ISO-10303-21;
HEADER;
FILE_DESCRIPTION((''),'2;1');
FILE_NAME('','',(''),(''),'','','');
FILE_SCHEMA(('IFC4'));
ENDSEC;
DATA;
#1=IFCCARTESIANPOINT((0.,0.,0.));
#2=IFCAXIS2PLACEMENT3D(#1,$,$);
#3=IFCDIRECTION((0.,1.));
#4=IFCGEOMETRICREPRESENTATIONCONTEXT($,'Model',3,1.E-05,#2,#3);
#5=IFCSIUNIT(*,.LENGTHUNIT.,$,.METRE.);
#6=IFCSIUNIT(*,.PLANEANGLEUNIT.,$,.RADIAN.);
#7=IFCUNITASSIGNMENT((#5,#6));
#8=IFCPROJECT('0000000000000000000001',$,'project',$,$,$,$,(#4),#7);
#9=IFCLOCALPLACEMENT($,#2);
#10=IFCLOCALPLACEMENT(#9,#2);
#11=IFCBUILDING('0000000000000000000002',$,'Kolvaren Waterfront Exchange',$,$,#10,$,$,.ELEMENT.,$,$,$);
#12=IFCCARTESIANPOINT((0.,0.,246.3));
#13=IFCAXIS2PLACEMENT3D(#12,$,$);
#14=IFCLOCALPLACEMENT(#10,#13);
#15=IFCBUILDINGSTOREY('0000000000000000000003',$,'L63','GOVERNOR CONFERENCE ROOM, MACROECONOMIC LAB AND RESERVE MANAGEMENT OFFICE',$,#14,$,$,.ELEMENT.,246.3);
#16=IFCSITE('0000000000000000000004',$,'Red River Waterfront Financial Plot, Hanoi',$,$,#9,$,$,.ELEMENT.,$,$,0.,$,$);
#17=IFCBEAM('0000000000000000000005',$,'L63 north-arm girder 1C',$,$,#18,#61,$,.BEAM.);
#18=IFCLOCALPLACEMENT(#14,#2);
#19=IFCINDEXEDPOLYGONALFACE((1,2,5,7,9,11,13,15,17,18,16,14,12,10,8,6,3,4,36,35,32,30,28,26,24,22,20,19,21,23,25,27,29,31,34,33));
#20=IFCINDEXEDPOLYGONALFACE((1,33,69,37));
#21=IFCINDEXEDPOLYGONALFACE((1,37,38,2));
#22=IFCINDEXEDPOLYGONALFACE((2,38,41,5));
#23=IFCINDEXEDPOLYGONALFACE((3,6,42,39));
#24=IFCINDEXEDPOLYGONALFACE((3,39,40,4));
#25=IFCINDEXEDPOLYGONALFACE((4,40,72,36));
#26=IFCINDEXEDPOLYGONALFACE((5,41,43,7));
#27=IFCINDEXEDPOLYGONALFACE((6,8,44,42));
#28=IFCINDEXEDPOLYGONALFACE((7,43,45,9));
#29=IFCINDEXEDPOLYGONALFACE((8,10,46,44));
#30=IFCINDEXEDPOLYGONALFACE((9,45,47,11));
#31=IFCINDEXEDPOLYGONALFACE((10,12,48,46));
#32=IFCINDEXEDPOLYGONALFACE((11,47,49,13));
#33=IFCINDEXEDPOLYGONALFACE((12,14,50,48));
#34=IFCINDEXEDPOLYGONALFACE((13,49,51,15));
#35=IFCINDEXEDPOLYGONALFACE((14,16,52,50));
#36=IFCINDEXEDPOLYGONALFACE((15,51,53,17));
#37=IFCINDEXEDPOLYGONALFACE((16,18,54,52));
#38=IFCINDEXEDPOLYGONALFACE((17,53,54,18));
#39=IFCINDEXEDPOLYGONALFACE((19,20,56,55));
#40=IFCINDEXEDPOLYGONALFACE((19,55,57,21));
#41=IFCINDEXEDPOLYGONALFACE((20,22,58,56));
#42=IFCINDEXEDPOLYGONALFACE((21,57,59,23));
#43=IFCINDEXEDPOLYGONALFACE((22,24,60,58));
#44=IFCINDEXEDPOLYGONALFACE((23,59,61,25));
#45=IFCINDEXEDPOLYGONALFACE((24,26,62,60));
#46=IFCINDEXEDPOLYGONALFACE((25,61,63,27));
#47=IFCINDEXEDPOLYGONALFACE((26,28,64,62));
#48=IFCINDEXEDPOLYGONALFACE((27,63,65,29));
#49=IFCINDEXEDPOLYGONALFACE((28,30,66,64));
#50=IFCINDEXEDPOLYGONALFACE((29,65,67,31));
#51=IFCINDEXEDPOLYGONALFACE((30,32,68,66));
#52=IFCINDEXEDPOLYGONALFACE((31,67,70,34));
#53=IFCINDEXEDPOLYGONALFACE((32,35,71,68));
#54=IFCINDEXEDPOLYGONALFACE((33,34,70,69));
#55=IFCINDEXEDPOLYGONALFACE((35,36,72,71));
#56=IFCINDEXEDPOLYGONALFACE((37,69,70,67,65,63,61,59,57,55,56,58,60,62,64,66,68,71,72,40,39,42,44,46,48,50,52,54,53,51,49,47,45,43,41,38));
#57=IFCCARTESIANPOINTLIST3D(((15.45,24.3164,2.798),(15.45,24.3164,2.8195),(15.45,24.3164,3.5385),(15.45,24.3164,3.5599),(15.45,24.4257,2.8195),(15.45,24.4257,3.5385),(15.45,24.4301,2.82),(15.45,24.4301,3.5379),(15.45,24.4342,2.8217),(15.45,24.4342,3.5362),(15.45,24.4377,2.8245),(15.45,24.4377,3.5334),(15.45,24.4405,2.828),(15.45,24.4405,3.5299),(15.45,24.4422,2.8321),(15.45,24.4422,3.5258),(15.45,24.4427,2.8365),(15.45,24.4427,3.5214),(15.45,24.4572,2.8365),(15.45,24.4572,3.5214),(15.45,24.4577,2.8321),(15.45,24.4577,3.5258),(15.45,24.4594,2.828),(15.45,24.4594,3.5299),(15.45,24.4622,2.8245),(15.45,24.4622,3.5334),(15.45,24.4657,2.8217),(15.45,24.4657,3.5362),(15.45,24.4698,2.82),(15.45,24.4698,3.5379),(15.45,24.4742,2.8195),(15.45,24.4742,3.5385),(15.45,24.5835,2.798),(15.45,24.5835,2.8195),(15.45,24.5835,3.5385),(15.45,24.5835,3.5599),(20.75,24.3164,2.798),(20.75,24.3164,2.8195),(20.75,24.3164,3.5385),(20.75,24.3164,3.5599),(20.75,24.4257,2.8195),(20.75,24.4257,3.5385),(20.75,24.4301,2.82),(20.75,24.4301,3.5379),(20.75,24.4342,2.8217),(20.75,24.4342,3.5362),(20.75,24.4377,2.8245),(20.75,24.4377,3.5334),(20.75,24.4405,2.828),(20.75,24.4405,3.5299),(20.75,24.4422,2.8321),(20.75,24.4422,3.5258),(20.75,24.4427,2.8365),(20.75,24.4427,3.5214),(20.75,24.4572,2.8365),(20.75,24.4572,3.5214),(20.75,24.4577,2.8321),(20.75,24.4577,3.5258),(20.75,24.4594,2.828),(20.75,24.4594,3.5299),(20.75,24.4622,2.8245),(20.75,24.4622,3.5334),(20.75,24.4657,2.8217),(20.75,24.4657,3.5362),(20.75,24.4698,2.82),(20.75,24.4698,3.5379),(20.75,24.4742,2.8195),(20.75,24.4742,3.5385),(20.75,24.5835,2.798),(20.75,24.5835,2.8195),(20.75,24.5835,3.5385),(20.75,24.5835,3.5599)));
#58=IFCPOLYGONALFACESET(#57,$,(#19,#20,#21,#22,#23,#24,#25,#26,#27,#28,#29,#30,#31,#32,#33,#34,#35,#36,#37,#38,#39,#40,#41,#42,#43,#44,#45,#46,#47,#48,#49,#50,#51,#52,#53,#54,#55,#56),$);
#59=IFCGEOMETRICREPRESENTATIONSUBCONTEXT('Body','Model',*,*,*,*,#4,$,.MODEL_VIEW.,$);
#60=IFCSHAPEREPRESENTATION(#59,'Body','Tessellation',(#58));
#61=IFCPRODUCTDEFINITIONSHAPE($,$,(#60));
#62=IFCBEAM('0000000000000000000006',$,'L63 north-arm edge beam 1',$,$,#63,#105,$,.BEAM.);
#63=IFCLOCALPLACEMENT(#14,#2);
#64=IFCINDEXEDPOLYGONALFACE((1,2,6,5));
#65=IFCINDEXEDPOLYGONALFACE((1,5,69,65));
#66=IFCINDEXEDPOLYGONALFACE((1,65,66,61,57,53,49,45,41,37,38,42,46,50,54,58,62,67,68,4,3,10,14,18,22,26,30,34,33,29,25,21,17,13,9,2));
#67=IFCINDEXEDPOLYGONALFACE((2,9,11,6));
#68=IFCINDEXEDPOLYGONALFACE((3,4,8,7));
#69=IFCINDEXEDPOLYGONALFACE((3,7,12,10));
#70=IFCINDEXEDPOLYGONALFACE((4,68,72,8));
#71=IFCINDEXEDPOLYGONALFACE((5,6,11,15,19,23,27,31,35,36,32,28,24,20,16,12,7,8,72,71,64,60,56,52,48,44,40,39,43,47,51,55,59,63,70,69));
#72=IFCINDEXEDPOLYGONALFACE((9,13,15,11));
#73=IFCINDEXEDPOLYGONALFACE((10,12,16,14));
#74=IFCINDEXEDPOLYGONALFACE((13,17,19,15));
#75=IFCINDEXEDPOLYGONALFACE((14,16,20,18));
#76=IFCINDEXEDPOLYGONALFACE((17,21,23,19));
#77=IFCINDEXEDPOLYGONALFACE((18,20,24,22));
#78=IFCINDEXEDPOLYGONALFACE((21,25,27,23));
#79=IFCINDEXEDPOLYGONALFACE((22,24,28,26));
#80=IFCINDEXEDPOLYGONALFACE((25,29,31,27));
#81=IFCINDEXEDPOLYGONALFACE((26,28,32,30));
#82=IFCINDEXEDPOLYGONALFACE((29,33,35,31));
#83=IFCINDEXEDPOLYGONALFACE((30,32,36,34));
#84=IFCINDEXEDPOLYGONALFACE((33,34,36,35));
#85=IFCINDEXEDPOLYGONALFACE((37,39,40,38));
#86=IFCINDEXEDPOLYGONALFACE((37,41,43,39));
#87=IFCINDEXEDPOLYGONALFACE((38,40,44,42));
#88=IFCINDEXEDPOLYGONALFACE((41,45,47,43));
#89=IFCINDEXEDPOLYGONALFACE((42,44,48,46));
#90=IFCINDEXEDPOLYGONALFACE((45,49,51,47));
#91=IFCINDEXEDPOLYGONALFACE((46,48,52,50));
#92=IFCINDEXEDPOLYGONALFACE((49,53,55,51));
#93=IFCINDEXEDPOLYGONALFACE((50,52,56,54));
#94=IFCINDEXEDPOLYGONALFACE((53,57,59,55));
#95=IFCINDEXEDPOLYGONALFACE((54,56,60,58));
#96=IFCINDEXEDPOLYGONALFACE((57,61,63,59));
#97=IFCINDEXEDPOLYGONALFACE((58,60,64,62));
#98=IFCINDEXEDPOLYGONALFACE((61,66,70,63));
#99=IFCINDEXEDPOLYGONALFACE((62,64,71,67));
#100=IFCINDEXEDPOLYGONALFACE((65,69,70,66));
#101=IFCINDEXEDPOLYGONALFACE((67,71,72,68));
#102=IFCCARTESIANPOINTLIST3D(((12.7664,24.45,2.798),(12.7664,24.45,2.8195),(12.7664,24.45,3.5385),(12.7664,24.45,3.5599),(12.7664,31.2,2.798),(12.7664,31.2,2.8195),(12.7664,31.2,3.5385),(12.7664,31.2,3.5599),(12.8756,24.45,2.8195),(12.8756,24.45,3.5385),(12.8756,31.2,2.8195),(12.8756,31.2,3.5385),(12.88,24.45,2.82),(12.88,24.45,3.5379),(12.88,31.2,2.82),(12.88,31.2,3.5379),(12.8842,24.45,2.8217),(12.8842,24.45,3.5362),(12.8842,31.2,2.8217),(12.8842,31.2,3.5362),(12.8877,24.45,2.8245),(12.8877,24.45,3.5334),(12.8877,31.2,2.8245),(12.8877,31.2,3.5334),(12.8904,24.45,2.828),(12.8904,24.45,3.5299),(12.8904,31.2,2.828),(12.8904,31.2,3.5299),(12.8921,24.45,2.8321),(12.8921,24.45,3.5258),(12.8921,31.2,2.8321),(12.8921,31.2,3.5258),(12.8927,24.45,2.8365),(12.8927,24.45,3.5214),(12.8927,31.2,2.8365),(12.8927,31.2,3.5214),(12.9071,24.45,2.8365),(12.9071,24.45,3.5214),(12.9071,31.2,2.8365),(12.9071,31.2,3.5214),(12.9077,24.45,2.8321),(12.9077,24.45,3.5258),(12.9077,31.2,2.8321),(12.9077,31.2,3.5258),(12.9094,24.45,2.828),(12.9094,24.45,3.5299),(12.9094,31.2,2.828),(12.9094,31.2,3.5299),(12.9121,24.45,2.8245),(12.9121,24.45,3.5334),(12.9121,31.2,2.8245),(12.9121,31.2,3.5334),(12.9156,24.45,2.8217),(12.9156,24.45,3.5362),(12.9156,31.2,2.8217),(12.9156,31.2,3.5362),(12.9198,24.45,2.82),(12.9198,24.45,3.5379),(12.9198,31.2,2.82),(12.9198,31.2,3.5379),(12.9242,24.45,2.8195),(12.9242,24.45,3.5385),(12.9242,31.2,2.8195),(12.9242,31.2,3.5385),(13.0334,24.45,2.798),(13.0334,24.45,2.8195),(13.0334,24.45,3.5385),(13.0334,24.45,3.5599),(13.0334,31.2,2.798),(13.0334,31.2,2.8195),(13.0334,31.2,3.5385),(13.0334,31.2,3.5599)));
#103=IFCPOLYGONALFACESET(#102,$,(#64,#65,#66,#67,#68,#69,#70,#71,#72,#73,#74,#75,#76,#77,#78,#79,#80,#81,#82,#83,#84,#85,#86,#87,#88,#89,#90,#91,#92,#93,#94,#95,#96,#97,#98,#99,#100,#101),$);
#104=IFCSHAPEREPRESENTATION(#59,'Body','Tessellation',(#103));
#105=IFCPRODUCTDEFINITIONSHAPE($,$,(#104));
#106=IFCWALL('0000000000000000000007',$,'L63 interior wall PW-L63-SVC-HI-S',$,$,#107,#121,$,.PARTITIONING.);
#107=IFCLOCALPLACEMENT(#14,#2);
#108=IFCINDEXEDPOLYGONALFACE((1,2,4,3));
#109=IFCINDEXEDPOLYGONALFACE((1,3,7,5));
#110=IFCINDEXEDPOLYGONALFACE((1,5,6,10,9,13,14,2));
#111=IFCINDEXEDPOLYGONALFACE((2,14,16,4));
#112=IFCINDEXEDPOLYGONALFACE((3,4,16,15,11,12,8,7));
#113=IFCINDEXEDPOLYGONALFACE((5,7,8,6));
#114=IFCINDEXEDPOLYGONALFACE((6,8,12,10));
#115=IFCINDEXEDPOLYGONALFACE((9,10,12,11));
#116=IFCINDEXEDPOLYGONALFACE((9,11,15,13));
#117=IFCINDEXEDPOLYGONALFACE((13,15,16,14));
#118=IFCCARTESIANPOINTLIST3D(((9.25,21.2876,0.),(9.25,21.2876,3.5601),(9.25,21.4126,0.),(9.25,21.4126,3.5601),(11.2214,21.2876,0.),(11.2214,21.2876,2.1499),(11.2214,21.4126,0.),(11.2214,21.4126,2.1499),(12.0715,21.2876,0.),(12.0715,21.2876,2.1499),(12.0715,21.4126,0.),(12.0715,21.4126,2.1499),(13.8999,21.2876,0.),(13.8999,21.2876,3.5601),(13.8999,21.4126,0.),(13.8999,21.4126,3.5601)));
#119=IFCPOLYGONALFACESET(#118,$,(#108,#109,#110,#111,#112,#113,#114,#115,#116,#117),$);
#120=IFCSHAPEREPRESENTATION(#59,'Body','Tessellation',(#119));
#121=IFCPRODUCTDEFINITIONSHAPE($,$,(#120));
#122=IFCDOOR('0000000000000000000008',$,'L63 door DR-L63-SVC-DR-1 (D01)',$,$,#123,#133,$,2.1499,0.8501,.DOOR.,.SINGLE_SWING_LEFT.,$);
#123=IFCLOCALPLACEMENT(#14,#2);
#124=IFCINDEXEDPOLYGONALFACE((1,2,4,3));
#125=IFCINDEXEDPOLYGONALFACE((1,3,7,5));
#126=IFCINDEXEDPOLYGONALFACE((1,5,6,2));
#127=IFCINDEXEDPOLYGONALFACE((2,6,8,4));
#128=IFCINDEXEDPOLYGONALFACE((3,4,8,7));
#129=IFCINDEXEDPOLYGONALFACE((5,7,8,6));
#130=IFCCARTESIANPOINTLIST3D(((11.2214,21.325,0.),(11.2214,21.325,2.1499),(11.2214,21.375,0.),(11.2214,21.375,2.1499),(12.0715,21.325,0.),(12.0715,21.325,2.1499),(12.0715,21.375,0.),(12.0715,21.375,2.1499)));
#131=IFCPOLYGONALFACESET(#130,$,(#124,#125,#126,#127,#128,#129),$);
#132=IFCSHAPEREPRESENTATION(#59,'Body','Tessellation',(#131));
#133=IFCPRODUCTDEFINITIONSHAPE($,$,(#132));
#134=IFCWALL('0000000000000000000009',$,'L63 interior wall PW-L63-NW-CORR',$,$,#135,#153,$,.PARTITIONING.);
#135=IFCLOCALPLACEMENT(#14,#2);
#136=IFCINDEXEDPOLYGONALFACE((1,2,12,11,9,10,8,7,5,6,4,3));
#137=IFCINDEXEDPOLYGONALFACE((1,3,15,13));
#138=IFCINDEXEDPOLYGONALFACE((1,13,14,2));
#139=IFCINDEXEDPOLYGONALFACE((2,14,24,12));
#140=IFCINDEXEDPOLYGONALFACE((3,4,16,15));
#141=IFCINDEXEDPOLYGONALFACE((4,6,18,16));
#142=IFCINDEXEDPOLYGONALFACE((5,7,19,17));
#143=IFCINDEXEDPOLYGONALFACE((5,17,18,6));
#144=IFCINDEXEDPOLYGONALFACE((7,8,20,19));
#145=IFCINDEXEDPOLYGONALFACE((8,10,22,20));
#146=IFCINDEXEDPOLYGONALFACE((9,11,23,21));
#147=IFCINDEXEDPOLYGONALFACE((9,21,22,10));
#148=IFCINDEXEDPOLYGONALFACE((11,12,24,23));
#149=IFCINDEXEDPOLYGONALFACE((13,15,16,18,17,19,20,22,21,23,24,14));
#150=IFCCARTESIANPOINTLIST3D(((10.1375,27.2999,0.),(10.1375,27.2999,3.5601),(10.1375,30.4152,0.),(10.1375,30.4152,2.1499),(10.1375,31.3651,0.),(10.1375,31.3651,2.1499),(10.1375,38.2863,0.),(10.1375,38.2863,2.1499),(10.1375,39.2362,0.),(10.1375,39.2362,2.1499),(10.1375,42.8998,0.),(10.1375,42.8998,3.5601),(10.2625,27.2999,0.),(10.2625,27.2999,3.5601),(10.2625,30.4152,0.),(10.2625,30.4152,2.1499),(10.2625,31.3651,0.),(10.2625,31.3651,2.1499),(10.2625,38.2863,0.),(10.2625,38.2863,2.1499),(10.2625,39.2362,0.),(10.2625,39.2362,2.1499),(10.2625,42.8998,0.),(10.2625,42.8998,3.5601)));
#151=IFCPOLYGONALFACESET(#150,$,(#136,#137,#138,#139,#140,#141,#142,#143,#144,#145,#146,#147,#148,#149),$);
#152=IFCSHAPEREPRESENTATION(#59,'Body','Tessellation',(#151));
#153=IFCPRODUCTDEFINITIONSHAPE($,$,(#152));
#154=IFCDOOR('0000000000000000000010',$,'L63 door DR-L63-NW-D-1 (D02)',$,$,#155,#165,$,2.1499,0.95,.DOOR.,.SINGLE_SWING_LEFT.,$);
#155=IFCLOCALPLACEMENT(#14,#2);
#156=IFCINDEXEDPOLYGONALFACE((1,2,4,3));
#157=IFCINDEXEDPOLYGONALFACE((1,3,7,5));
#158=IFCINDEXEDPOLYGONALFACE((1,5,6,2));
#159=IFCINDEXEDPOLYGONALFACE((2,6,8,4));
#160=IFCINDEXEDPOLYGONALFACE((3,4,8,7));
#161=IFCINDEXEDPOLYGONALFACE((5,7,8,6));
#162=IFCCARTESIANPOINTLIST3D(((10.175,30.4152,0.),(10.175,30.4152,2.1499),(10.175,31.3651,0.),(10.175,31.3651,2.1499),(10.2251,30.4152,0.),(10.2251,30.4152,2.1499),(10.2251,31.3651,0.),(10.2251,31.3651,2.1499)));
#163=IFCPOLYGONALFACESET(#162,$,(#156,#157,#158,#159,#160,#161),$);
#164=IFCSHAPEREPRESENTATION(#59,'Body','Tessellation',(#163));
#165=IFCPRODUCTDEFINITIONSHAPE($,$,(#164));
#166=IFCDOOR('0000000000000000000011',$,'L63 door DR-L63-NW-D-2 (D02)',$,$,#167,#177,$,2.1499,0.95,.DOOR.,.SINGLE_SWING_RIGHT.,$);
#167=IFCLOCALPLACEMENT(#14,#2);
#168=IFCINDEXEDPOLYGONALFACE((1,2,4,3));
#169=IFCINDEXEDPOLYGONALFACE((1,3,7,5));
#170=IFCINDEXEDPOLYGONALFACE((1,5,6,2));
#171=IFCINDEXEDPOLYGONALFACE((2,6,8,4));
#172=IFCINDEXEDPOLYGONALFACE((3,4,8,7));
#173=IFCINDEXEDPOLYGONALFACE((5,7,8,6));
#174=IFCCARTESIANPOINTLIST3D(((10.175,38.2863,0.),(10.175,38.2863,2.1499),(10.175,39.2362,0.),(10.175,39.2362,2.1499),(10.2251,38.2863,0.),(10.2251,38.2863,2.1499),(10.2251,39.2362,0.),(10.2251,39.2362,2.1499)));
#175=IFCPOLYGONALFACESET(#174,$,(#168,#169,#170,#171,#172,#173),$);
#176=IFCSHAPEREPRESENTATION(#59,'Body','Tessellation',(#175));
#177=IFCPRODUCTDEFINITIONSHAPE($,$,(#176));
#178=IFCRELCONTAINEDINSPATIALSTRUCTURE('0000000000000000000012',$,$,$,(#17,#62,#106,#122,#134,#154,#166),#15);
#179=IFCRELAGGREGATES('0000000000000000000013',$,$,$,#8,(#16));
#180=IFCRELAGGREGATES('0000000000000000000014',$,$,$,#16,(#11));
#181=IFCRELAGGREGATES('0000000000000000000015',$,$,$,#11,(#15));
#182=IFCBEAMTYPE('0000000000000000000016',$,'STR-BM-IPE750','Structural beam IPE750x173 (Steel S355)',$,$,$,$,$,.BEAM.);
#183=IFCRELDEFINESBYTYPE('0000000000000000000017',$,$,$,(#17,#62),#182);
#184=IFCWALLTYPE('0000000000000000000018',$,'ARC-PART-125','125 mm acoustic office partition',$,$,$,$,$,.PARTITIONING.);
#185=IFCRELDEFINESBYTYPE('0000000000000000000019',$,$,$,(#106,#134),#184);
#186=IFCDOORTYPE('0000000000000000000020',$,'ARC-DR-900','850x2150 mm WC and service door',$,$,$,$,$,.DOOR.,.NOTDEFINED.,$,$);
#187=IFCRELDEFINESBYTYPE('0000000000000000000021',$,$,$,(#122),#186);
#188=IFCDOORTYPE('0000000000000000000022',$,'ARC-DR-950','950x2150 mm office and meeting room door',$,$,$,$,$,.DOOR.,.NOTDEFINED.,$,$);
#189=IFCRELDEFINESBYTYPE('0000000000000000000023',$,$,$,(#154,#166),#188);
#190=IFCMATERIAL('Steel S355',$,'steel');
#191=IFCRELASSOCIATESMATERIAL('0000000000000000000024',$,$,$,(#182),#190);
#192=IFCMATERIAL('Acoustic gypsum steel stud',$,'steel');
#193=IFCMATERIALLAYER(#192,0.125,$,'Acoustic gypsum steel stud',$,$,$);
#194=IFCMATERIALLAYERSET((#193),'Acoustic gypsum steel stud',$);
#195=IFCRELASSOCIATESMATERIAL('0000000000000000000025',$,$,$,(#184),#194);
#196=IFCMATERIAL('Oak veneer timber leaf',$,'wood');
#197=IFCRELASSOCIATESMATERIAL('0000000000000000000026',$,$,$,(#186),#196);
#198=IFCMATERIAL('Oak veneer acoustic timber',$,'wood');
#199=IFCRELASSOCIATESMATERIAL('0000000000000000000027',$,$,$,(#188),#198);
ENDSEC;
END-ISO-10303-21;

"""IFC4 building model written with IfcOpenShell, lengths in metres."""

from ifc_helpers import new_model, si_unit, direction, frame, frame_2d, origin, origin_2d, place, context, subcontext, project, spatial, rectangle, i_section, extrude, material, layer, layer_set, material_profile, profile_set, type_object, element, fill, save


model = new_model("IFC4")

# Units and contexts
model_context = context("Model", 3, precision=1e-05, world=origin(), true_north=direction((0.0, 1.0)))
body_context = subcontext(model_context, "Body", "Model", "MODEL_VIEW")
ifc_project = project(units=[si_unit("LENGTHUNIT", "METRE"), si_unit("PLANEANGLEUNIT", "RADIAN")], contexts=[model_context])

# Site, building, storey
site_placement = place(None, origin())
site = spatial("IfcSite", under=ifc_project, at=site_placement, Name="Red River Waterfront Financial Plot, Hanoi", CompositionType="ELEMENT", RefElevation=0.0)
building_placement = place(site_placement, origin())
building = spatial("IfcBuilding", under=site, at=building_placement, Name="Kolvaren Waterfront Exchange", CompositionType="ELEMENT")
storey_placement = place(building_placement, frame((0.0, 0.0, 246.3)))
storey = spatial("IfcBuildingStorey", under=building, at=storey_placement, Name="L63", Description="GOVERNOR CONFERENCE ROOM, MACROECONOMIC LAB AND RESERVE MANAGEMENT OFFICE", CompositionType="ELEMENT", Elevation=246.3)

# Beams
ifc_material_1 = material(Name="Steel S355", Category="steel")
ifc_material_profile_1 = material_profile(ifc_material_1, i_section(OverallWidth=0.2671, OverallDepth=0.762, WebThickness=0.0144, FlangeThickness=0.0215, FilletRadius=0.0171, at=origin_2d()), Name="IPE750x173")
ifc_profile_set_1 = profile_set([ifc_material_profile_1], Name="Steel S355")
beam_type_1 = type_object("IfcBeamType", Name="STR-BM-IPE750", Description="Structural beam IPE750x173 (Steel S355)", PredefinedType="BEAM", material=ifc_profile_set_1)
beam_1_placement = place(storey_placement, frame((15.45, 24.45, 3.179), z_axis=(1.0, 0.0, 0.0), x_axis=(0.0, 1.0, 0.0)))
element("IfcBeam", 1, at=beam_1_placement, inside=storey, type_object=beam_type_1, Name="L63 north-arm girder 1C", PredefinedType="BEAM", context=body_context, shape_type="SweptSolid", body=[
    extrude(i_section(OverallWidth=0.2671, OverallDepth=0.762, WebThickness=0.0144, FlangeThickness=0.0215, FilletRadius=0.0171, at=origin_2d()), origin(), (0.0, 0.0, 1.0), 5.3),
])
beam_2_placement = place(storey_placement, frame((12.8999, 24.45, 3.179), z_axis=(0.0, 1.0, 0.0), x_axis=(-1.0, 0.0, 0.0)))
element("IfcBeam", 2, at=beam_2_placement, inside=storey, type_object=beam_type_1, Name="L63 north-arm edge beam 1", PredefinedType="BEAM", context=body_context, shape_type="SweptSolid", body=[
    extrude(i_section(OverallWidth=0.2671, OverallDepth=0.762, WebThickness=0.0144, FlangeThickness=0.0215, FilletRadius=0.0171, at=origin_2d()), origin(), (0.0, 0.0, 1.0), 6.75),
])

# Wall, opening, door
ifc_material_2 = material(Name="Acoustic gypsum steel stud", Category="steel")
ifc_layer_1 = layer(ifc_material_2, 0.125, Name="Acoustic gypsum steel stud")
ifc_layer_set_1 = layer_set([ifc_layer_1], Name="Acoustic gypsum steel stud")
wall_type_1 = type_object("IfcWallType", Name="ARC-PART-125", Description="125 mm acoustic office partition", PredefinedType="PARTITIONING", material=ifc_layer_set_1)
wall_1_placement = place(storey_placement, frame((9.25, 21.3501, 0.0), z_axis=(0.0, 0.0, 1.0), x_axis=(1.0, 0.0, 0.0)))
wall_1 = element("IfcWall", 3, at=wall_1_placement, inside=storey, type_object=wall_type_1, Name="L63 interior wall PW-L63-SVC-HI-S", PredefinedType="PARTITIONING", context=body_context, shape_type="SweptSolid", body=[
    extrude(rectangle(XDim=4.6499, YDim=0.125, at=frame_2d((2.325, 0.0))), origin(), (0.0, 0.0, 1.0), 3.5601),
])
opening_1_placement = place(wall_1_placement, frame((1.9714, 0.0, 0.0)))
opening_1 = element("IfcOpeningElement", 4, at=opening_1_placement, cuts=wall_1, PredefinedType="OPENING", context=body_context, shape_type="SweptSolid", body=[
    extrude(rectangle(XDim=0.8501, YDim=2.1499, at=frame_2d((0.425, 1.075))), frame((0.0, 0.0725, 0.0), z_axis=(0.0, -1.0, 0.0), x_axis=(1.0, 0.0, 0.0)), (0.0, 0.0, 1.0), 0.145),
])
ifc_material_3 = material(Name="Oak veneer timber leaf", Category="wood")
door_type_1 = type_object("IfcDoorType", Name="ARC-DR-900", Description="850x2150 mm WC and service door", OperationType="NOTDEFINED", PredefinedType="DOOR", material=ifc_material_3)
door_1_placement = place(opening_1_placement, origin())
door_1 = element("IfcDoor", 5, at=door_1_placement, inside=storey, type_object=door_type_1, Name="L63 door DR-L63-SVC-DR-1 (D01)", OperationType="SINGLE_SWING_LEFT", OverallHeight=2.1499, OverallWidth=0.8501, PredefinedType="DOOR", context=body_context, shape_type="SweptSolid", body=[
    extrude(rectangle(XDim=0.8501, YDim=2.1499, at=frame_2d((0.425, 1.075))), frame((0.0, 0.0249, 0.0), z_axis=(0.0, -1.0, 0.0), x_axis=(1.0, 0.0, 0.0)), (0.0, 0.0, 1.0), 0.05),
])
fill(opening_1, door_1)

# Wall, openings, doors
wall_2_placement = place(storey_placement, frame((10.2, 27.3, 0.0), z_axis=(0.0, 0.0, 1.0), x_axis=(0.0, 1.0, 0.0)))
wall_2 = element("IfcWall", 6, at=wall_2_placement, inside=storey, type_object=wall_type_1, Name="L63 interior wall PW-L63-NW-CORR", PredefinedType="PARTITIONING", context=body_context, shape_type="SweptSolid", body=[
    extrude(rectangle(XDim=15.5999, YDim=0.125, at=frame_2d((7.7998, 0.0))), origin(), (0.0, 0.0, 1.0), 3.5601),
])
opening_2_placement = place(wall_2_placement, frame((3.115, 0.0, 0.0)))
opening_2 = element("IfcOpeningElement", 7, at=opening_2_placement, cuts=wall_2, PredefinedType="OPENING", context=body_context, shape_type="SweptSolid", body=[
    extrude(rectangle(XDim=0.95, YDim=2.1499, at=frame_2d((0.4751, 1.075))), frame((0.0, 0.0725, 0.0), z_axis=(0.0, -1.0, 0.0), x_axis=(1.0, 0.0, 0.0)), (0.0, 0.0, 1.0), 0.145),
])
opening_3_placement = place(wall_2_placement, frame((10.9861, 0.0, 0.0)))
opening_3 = element("IfcOpeningElement", 8, at=opening_3_placement, cuts=wall_2, PredefinedType="OPENING", context=body_context, shape_type="SweptSolid", body=[
    extrude(rectangle(XDim=0.95, YDim=2.1499, at=frame_2d((0.4751, 1.075))), frame((0.0, 0.0725, 0.0), z_axis=(0.0, -1.0, 0.0), x_axis=(1.0, 0.0, 0.0)), (0.0, 0.0, 1.0), 0.145),
])
ifc_material_4 = material(Name="Oak veneer acoustic timber", Category="wood")
door_type_2 = type_object("IfcDoorType", Name="ARC-DR-950", Description="950x2150 mm office and meeting room door", OperationType="NOTDEFINED", PredefinedType="DOOR", material=ifc_material_4)
door_2_placement = place(opening_2_placement, origin())
door_2 = element("IfcDoor", 9, at=door_2_placement, inside=storey, type_object=door_type_2, Name="L63 door DR-L63-NW-D-1 (D02)", OperationType="SINGLE_SWING_LEFT", OverallHeight=2.1499, OverallWidth=0.95, PredefinedType="DOOR", context=body_context, shape_type="SweptSolid", body=[
    extrude(rectangle(XDim=0.95, YDim=2.1499, at=frame_2d((0.4751, 1.075))), frame((0.0, 0.0249, 0.0), z_axis=(0.0, -1.0, 0.0), x_axis=(1.0, 0.0, 0.0)), (0.0, 0.0, 1.0), 0.05),
])
fill(opening_2, door_2)
door_3_placement = place(opening_3_placement, origin())
door_3 = element("IfcDoor", 10, at=door_3_placement, inside=storey, type_object=door_type_2, Name="L63 door DR-L63-NW-D-2 (D02)", OperationType="SINGLE_SWING_RIGHT", OverallHeight=2.1499, OverallWidth=0.95, PredefinedType="DOOR", context=body_context, shape_type="SweptSolid", body=[
    extrude(rectangle(XDim=0.95, YDim=2.1499, at=frame_2d((0.4751, 1.075))), frame((0.0, 0.0249, 0.0), z_axis=(0.0, -1.0, 0.0), x_axis=(1.0, 0.0, 0.0)), (0.0, 0.0, 1.0), 0.05),
])
fill(opening_3, door_3)

save(model, "model.ifc")
